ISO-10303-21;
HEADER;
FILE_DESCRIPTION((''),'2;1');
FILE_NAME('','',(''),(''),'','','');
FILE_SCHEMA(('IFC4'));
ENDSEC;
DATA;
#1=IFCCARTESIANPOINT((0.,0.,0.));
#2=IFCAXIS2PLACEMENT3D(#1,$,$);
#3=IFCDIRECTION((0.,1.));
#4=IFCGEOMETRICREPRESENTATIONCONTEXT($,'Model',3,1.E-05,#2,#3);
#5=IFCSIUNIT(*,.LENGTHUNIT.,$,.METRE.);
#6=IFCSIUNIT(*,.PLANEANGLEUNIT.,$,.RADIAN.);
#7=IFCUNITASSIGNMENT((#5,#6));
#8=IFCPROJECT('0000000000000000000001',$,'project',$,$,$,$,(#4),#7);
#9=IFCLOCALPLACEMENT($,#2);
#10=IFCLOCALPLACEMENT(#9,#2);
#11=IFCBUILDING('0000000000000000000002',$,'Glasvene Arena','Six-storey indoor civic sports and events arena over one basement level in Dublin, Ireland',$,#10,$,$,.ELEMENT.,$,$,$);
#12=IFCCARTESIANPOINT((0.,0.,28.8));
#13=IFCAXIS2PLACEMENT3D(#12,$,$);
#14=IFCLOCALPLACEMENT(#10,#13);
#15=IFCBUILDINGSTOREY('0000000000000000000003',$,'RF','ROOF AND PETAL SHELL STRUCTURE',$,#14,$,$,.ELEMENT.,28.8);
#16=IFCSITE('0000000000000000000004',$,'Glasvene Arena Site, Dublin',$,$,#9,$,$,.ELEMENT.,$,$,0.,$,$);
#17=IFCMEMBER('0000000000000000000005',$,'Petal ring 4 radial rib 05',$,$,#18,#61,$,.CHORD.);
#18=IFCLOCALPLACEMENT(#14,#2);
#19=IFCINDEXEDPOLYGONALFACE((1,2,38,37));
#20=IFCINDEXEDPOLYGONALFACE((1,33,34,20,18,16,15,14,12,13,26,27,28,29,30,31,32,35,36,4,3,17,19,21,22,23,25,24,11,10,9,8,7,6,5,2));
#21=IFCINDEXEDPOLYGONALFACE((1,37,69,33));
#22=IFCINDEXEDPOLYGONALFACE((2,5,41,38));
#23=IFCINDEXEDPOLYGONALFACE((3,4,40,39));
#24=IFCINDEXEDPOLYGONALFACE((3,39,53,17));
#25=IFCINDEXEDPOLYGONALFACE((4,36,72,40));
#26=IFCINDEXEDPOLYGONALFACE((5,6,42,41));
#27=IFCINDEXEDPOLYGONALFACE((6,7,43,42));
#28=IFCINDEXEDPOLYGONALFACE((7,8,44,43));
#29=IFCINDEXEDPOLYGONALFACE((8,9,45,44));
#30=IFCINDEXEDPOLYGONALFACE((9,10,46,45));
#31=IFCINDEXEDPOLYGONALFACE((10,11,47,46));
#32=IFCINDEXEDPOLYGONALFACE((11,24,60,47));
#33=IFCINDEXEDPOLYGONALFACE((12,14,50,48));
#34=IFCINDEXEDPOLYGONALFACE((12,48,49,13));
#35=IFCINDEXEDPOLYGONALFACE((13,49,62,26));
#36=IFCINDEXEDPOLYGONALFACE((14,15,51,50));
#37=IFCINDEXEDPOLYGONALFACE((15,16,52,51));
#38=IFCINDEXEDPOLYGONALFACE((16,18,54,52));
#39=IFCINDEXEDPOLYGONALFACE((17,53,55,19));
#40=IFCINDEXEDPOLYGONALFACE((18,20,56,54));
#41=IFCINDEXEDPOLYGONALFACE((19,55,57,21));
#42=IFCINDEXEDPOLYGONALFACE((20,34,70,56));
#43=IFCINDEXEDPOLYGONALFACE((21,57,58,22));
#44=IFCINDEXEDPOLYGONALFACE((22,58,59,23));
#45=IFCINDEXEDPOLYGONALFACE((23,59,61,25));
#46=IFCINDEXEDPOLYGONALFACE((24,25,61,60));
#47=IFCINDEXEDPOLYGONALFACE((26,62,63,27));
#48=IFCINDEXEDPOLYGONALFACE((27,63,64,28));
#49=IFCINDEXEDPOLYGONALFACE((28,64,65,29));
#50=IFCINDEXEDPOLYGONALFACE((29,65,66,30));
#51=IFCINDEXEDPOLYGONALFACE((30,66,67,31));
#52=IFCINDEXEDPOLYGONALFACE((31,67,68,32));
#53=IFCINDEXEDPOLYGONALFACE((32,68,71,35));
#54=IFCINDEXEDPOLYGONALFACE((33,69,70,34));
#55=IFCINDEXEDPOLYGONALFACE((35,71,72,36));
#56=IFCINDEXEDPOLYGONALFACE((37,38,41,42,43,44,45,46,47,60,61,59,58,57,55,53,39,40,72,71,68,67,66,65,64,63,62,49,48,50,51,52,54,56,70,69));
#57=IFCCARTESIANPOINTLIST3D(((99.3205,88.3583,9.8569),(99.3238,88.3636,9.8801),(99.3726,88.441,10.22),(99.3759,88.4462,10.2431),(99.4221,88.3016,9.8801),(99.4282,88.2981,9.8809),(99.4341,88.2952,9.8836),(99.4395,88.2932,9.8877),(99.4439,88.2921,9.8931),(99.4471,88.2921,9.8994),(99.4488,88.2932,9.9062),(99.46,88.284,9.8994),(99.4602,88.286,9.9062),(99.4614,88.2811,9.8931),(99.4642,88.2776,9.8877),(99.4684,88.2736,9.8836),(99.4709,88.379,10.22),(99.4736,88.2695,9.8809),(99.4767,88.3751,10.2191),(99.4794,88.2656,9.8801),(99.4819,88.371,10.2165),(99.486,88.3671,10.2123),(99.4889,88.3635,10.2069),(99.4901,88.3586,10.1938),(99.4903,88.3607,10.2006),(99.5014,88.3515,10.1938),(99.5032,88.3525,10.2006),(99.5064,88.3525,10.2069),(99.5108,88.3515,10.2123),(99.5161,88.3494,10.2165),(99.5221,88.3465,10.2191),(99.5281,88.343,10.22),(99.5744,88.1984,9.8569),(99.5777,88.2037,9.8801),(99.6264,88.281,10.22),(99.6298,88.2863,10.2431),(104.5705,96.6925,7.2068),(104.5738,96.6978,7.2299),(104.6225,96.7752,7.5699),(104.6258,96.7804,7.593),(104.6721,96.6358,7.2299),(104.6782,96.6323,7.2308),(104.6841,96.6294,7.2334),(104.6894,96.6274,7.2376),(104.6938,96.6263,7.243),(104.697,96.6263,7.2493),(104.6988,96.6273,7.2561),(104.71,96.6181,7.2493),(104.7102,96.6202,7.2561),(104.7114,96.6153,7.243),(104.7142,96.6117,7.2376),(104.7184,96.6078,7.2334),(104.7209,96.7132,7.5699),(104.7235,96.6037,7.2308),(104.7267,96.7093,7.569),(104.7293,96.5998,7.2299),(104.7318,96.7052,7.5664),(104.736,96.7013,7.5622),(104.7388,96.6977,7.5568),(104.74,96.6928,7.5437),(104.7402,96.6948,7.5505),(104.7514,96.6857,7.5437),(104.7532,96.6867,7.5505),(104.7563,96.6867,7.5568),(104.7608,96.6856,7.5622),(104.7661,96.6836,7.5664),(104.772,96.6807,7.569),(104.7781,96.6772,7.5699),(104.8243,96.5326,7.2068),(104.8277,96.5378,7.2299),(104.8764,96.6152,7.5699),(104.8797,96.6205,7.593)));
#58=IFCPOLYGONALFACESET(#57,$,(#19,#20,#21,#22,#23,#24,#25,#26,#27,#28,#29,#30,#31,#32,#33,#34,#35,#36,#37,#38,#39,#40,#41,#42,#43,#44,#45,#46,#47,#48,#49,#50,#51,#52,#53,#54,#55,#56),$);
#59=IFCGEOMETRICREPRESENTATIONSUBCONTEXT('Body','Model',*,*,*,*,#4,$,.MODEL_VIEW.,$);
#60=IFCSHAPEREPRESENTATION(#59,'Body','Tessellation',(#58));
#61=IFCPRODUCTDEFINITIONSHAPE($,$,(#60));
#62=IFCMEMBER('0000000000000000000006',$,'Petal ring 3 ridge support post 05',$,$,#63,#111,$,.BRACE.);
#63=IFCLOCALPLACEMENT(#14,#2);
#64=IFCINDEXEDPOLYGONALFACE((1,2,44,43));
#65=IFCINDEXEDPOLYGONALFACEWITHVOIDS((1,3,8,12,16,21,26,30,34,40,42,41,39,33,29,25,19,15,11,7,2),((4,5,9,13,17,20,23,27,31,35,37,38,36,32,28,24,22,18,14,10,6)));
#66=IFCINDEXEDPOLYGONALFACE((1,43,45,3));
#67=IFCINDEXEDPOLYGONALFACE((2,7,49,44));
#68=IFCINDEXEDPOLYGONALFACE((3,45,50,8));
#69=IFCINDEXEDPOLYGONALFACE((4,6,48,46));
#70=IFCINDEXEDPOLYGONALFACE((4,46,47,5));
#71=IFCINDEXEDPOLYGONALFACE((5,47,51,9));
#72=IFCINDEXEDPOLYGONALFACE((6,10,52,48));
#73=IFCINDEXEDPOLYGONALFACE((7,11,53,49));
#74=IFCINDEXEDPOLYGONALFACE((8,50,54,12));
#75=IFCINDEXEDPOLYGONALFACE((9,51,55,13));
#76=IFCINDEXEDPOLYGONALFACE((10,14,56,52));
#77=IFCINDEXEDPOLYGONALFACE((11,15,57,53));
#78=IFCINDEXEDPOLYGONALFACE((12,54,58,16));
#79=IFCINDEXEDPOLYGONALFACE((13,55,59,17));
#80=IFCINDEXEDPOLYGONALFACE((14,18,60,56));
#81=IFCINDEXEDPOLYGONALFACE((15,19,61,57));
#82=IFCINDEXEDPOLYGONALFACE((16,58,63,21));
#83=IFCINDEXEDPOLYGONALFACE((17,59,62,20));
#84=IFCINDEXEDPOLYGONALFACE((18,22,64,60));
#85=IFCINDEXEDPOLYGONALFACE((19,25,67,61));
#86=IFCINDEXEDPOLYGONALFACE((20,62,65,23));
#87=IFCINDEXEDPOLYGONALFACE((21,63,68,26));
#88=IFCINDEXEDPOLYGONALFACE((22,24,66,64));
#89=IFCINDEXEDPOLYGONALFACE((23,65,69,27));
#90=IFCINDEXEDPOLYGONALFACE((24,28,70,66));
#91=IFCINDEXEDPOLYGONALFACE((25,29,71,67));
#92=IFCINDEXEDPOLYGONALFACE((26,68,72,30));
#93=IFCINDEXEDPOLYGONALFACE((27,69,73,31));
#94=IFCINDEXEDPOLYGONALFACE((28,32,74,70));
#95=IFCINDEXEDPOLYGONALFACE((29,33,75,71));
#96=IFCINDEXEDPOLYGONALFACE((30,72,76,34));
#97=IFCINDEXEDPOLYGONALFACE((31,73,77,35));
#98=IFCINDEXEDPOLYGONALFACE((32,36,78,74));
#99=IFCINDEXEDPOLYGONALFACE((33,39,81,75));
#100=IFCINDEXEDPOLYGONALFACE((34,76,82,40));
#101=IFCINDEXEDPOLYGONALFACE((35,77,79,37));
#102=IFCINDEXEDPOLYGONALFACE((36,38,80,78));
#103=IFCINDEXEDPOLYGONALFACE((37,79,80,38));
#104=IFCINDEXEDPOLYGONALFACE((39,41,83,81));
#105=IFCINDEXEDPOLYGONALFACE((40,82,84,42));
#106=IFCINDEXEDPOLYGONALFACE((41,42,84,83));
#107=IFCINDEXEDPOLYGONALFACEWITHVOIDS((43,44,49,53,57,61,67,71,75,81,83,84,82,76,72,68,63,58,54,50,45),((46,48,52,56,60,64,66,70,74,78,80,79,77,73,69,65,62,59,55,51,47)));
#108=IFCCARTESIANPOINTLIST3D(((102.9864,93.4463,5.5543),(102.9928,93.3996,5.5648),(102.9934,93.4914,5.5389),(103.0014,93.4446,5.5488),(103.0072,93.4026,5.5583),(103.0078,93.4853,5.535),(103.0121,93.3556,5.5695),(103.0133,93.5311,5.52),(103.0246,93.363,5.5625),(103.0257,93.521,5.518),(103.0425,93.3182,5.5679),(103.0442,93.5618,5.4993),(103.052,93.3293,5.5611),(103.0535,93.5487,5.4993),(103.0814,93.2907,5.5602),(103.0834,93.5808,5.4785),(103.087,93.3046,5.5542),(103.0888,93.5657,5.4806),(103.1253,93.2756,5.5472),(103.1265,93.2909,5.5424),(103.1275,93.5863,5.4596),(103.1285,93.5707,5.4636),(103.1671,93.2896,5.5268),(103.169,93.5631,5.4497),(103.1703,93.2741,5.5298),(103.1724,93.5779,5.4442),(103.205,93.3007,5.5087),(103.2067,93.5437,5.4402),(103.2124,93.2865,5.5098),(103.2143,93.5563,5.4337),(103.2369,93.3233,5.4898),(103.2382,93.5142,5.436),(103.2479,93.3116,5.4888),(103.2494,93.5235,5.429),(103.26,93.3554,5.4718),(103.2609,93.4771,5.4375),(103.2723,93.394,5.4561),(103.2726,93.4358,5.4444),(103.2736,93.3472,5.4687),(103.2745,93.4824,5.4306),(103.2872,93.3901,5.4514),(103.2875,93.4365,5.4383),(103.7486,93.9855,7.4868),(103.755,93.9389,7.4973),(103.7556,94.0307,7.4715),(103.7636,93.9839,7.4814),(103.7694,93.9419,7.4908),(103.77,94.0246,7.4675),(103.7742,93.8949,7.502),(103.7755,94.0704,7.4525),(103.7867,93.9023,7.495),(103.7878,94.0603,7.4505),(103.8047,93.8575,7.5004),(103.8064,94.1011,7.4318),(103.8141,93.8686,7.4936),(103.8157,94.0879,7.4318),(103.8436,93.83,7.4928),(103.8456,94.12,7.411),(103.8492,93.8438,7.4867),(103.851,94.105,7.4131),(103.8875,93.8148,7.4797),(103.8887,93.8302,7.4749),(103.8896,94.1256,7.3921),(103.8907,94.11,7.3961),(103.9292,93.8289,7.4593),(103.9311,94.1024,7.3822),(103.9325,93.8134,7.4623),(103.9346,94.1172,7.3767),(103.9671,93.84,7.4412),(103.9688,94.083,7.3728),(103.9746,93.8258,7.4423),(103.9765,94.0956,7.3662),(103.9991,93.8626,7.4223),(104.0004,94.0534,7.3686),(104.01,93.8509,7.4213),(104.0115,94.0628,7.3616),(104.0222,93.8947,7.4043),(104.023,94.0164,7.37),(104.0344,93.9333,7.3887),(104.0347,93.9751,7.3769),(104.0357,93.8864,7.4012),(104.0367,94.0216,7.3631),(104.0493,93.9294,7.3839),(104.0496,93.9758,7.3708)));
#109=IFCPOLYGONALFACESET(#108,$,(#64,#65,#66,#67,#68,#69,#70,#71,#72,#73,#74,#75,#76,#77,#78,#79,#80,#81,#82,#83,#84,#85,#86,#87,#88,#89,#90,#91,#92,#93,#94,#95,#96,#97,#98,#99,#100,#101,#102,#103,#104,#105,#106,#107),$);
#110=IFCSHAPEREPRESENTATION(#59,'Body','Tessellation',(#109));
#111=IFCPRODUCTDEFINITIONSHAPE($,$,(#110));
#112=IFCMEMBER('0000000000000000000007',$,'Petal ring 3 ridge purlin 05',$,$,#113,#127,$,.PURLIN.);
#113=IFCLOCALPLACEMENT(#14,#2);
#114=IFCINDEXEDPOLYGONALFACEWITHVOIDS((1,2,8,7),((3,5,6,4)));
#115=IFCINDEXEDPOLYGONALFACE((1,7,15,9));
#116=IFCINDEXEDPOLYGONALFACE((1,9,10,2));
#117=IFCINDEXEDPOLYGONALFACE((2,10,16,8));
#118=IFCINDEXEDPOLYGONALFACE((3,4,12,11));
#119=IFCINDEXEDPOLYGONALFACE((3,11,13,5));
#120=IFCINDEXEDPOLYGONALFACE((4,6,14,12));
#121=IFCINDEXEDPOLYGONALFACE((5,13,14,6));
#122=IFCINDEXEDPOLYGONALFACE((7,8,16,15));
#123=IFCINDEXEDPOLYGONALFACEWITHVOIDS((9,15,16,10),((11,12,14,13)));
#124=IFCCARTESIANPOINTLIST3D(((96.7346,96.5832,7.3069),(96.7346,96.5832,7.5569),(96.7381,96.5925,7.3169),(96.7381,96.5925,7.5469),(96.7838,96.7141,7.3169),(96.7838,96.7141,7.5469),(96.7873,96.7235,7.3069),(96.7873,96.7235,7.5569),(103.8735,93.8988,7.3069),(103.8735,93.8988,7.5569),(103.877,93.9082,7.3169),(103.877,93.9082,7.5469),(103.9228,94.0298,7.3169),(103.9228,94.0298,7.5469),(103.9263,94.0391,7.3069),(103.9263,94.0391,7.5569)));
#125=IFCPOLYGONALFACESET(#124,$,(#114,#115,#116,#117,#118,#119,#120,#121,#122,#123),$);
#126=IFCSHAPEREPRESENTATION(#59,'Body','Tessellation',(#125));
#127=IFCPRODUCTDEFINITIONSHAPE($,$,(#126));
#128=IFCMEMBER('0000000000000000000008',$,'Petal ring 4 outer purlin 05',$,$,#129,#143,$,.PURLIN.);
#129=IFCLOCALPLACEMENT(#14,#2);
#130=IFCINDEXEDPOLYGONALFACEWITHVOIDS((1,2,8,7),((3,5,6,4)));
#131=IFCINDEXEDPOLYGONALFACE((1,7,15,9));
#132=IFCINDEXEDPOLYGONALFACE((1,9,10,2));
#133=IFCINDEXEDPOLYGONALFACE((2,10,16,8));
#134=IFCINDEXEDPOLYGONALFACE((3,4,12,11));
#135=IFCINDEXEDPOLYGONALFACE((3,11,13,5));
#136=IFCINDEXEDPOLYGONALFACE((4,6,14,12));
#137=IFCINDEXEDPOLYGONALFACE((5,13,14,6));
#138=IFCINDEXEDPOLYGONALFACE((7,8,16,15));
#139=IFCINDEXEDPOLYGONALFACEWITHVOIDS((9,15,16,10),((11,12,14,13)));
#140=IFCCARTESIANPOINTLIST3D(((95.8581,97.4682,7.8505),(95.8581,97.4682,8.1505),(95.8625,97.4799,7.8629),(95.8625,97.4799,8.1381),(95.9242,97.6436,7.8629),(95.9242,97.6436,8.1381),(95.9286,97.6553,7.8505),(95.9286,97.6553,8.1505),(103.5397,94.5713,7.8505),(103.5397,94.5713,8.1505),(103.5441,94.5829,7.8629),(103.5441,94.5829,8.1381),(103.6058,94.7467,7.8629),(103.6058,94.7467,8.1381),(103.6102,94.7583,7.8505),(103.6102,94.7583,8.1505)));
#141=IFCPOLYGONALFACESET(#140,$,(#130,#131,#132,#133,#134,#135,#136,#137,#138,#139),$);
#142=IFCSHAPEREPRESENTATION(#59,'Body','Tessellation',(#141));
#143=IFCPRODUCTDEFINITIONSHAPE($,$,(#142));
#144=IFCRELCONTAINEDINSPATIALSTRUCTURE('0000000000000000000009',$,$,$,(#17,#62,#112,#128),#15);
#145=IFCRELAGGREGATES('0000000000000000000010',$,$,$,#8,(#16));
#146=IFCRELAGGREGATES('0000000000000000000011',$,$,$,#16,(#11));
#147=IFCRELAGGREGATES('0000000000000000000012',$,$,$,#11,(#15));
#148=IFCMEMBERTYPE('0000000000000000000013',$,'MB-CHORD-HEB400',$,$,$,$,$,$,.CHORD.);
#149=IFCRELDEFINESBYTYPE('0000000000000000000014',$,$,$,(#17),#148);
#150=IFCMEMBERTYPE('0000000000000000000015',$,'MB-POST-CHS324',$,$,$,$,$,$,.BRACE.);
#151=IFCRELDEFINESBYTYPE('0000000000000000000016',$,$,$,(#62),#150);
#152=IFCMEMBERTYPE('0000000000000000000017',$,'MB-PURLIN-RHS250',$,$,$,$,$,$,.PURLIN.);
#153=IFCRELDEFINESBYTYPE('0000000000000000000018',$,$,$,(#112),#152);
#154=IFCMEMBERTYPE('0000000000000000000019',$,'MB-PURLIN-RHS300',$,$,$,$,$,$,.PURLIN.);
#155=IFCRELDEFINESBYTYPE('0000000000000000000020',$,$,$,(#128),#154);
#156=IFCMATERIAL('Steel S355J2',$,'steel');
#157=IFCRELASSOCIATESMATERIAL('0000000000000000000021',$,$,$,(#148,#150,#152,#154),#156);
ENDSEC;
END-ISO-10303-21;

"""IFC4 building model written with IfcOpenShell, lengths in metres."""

from ifc_helpers import new_model, si_unit, direction, frame, origin, origin_2d, place, context, subcontext, project, spatial, hollow_rectangle, hollow_circle, i_section, extrude, material, material_profile, profile_set, type_object, element, save


model = new_model("IFC4")

# Units and contexts
model_context = context("Model", 3, precision=1e-05, world=origin(), true_north=direction((0.0, 1.0)))
body_context = subcontext(model_context, "Body", "Model", "MODEL_VIEW")
ifc_project = project(units=[si_unit("LENGTHUNIT", "METRE"), si_unit("PLANEANGLEUNIT", "RADIAN")], contexts=[model_context])

# Site, building, storey
site_placement = place(None, origin())
site = spatial("IfcSite", under=ifc_project, at=site_placement, Name="Glasvene Arena Site, Dublin", CompositionType="ELEMENT", RefElevation=0.0)
building_placement = place(site_placement, origin())
building = spatial("IfcBuilding", under=site, at=building_placement, Name="Glasvene Arena", Description="Six-storey indoor civic sports and events arena over one basement level in Dublin, Ireland", CompositionType="ELEMENT")
storey_placement = place(building_placement, frame((0.0, 0.0, 28.8)))
storey = spatial("IfcBuildingStorey", under=building, at=storey_placement, Name="RF", Description="ROOF AND PETAL SHELL STRUCTURE", CompositionType="ELEMENT", Elevation=28.8)

# Members
ifc_material_1 = material(Name="Steel S355J2", Category="steel")
ifc_material_profile_1 = material_profile(ifc_material_1, i_section(OverallWidth=0.3, OverallDepth=0.3999, WebThickness=0.0134, FlangeThickness=0.0239, FilletRadius=0.0271, at=origin_2d()), Name="HEB 400")
ifc_profile_set_1 = profile_set([ifc_material_profile_1], Name="Steel S355J2")
member_type_1 = type_object("IfcMemberType", Name="MB-CHORD-HEB400", PredefinedType="CHORD", material=ifc_profile_set_1)
member_1_placement = place(storey_placement, frame((104.7251, 96.6565, 7.3999), z_axis=(-0.514693, -0.817061, 0.259812), x_axis=(0.846117, -0.532997, 0.0)))
element("IfcMember", 1, at=member_1_placement, inside=storey, type_object=member_type_1, Name="Petal ring 4 radial rib 05", PredefinedType="CHORD", context=body_context, shape_type="SweptSolid", body=[
    extrude(i_section(OverallWidth=0.3, OverallDepth=0.3999, WebThickness=0.0134, FlangeThickness=0.0239, FilletRadius=0.0271, at=origin_2d()), origin(), (0.0, 0.0, 1.0), 10.2002),
])
ifc_material_profile_2 = material_profile(ifc_material_1, hollow_circle(Radius=0.1619, WallThickness=0.0161, at=origin_2d()), Name="CHS 323.9x16.0")
ifc_profile_set_2 = profile_set([ifc_material_profile_2], Name="Steel S355J2")
member_type_2 = type_object("IfcMemberType", Name="MB-POST-CHS324", PredefinedType="BRACE", material=ifc_profile_set_2)
member_2_placement = place(storey_placement, frame((103.1377, 93.4297, 5.4993), z_axis=(0.355118, 0.251267, 0.90042), x_axis=(-0.577596, 0.816322, 0.0)))
element("IfcMember", 2, at=member_2_placement, inside=storey, type_object=member_type_2, Name="Petal ring 3 ridge support post 05", PredefinedType="BRACE", context=body_context, shape_type="SweptSolid", body=[
    extrude(hollow_circle(Radius=0.1619, WallThickness=0.0161, at=origin_2d()), origin(), (0.0, 0.0, 1.0), 2.1462),
])
ifc_material_profile_3 = material_profile(ifc_material_1, hollow_rectangle(XDim=0.1499, YDim=0.25, WallThickness=0.01, at=origin_2d()), Name="RHS 250x150x10.0")
ifc_profile_set_3 = profile_set([ifc_material_profile_3], Name="Steel S355J2")
member_type_3 = type_object("IfcMemberType", Name="MB-PURLIN-RHS250", PredefinedType="PURLIN", material=ifc_profile_set_3)
member_3_placement = place(storey_placement, frame((103.8999, 93.969, 7.4319), z_axis=(-0.936017, 0.351955, 0.0), x_axis=(-0.351955, -0.936017, 0.0)))
element("IfcMember", 3, at=member_3_placement, inside=storey, type_object=member_type_3, Name="Petal ring 3 ridge purlin 05", PredefinedType="PURLIN", context=body_context, shape_type="SweptSolid", body=[
    extrude(hollow_rectangle(XDim=0.1499, YDim=0.25, WallThickness=0.01, at=origin_2d()), origin(), (0.0, 0.0, 1.0), 7.627),
])
ifc_material_profile_4 = material_profile(ifc_material_1, hollow_rectangle(XDim=0.2, YDim=0.3, WallThickness=0.0125, at=origin_2d()), Name="RHS 300x200x12.5")
ifc_profile_set_4 = profile_set([ifc_material_profile_4], Name="Steel S355J2")
member_type_4 = type_object("IfcMemberType", Name="MB-PURLIN-RHS300", PredefinedType="PURLIN", material=ifc_profile_set_4)
member_4_placement = place(storey_placement, frame((103.575, 94.6648, 8.0005), z_axis=(-0.935673, 0.35287, 0.0), x_axis=(-0.35287, -0.935673, 0.0)))
element("IfcMember", 4, at=member_4_placement, inside=storey, type_object=member_type_4, Name="Petal ring 4 outer purlin 05", PredefinedType="PURLIN", context=body_context, shape_type="SweptSolid", body=[
    extrude(hollow_rectangle(XDim=0.2, YDim=0.3, WallThickness=0.0125, at=origin_2d()), origin(), (0.0, 0.0, 1.0), 8.2097),
])

save(model, "model.ifc")
